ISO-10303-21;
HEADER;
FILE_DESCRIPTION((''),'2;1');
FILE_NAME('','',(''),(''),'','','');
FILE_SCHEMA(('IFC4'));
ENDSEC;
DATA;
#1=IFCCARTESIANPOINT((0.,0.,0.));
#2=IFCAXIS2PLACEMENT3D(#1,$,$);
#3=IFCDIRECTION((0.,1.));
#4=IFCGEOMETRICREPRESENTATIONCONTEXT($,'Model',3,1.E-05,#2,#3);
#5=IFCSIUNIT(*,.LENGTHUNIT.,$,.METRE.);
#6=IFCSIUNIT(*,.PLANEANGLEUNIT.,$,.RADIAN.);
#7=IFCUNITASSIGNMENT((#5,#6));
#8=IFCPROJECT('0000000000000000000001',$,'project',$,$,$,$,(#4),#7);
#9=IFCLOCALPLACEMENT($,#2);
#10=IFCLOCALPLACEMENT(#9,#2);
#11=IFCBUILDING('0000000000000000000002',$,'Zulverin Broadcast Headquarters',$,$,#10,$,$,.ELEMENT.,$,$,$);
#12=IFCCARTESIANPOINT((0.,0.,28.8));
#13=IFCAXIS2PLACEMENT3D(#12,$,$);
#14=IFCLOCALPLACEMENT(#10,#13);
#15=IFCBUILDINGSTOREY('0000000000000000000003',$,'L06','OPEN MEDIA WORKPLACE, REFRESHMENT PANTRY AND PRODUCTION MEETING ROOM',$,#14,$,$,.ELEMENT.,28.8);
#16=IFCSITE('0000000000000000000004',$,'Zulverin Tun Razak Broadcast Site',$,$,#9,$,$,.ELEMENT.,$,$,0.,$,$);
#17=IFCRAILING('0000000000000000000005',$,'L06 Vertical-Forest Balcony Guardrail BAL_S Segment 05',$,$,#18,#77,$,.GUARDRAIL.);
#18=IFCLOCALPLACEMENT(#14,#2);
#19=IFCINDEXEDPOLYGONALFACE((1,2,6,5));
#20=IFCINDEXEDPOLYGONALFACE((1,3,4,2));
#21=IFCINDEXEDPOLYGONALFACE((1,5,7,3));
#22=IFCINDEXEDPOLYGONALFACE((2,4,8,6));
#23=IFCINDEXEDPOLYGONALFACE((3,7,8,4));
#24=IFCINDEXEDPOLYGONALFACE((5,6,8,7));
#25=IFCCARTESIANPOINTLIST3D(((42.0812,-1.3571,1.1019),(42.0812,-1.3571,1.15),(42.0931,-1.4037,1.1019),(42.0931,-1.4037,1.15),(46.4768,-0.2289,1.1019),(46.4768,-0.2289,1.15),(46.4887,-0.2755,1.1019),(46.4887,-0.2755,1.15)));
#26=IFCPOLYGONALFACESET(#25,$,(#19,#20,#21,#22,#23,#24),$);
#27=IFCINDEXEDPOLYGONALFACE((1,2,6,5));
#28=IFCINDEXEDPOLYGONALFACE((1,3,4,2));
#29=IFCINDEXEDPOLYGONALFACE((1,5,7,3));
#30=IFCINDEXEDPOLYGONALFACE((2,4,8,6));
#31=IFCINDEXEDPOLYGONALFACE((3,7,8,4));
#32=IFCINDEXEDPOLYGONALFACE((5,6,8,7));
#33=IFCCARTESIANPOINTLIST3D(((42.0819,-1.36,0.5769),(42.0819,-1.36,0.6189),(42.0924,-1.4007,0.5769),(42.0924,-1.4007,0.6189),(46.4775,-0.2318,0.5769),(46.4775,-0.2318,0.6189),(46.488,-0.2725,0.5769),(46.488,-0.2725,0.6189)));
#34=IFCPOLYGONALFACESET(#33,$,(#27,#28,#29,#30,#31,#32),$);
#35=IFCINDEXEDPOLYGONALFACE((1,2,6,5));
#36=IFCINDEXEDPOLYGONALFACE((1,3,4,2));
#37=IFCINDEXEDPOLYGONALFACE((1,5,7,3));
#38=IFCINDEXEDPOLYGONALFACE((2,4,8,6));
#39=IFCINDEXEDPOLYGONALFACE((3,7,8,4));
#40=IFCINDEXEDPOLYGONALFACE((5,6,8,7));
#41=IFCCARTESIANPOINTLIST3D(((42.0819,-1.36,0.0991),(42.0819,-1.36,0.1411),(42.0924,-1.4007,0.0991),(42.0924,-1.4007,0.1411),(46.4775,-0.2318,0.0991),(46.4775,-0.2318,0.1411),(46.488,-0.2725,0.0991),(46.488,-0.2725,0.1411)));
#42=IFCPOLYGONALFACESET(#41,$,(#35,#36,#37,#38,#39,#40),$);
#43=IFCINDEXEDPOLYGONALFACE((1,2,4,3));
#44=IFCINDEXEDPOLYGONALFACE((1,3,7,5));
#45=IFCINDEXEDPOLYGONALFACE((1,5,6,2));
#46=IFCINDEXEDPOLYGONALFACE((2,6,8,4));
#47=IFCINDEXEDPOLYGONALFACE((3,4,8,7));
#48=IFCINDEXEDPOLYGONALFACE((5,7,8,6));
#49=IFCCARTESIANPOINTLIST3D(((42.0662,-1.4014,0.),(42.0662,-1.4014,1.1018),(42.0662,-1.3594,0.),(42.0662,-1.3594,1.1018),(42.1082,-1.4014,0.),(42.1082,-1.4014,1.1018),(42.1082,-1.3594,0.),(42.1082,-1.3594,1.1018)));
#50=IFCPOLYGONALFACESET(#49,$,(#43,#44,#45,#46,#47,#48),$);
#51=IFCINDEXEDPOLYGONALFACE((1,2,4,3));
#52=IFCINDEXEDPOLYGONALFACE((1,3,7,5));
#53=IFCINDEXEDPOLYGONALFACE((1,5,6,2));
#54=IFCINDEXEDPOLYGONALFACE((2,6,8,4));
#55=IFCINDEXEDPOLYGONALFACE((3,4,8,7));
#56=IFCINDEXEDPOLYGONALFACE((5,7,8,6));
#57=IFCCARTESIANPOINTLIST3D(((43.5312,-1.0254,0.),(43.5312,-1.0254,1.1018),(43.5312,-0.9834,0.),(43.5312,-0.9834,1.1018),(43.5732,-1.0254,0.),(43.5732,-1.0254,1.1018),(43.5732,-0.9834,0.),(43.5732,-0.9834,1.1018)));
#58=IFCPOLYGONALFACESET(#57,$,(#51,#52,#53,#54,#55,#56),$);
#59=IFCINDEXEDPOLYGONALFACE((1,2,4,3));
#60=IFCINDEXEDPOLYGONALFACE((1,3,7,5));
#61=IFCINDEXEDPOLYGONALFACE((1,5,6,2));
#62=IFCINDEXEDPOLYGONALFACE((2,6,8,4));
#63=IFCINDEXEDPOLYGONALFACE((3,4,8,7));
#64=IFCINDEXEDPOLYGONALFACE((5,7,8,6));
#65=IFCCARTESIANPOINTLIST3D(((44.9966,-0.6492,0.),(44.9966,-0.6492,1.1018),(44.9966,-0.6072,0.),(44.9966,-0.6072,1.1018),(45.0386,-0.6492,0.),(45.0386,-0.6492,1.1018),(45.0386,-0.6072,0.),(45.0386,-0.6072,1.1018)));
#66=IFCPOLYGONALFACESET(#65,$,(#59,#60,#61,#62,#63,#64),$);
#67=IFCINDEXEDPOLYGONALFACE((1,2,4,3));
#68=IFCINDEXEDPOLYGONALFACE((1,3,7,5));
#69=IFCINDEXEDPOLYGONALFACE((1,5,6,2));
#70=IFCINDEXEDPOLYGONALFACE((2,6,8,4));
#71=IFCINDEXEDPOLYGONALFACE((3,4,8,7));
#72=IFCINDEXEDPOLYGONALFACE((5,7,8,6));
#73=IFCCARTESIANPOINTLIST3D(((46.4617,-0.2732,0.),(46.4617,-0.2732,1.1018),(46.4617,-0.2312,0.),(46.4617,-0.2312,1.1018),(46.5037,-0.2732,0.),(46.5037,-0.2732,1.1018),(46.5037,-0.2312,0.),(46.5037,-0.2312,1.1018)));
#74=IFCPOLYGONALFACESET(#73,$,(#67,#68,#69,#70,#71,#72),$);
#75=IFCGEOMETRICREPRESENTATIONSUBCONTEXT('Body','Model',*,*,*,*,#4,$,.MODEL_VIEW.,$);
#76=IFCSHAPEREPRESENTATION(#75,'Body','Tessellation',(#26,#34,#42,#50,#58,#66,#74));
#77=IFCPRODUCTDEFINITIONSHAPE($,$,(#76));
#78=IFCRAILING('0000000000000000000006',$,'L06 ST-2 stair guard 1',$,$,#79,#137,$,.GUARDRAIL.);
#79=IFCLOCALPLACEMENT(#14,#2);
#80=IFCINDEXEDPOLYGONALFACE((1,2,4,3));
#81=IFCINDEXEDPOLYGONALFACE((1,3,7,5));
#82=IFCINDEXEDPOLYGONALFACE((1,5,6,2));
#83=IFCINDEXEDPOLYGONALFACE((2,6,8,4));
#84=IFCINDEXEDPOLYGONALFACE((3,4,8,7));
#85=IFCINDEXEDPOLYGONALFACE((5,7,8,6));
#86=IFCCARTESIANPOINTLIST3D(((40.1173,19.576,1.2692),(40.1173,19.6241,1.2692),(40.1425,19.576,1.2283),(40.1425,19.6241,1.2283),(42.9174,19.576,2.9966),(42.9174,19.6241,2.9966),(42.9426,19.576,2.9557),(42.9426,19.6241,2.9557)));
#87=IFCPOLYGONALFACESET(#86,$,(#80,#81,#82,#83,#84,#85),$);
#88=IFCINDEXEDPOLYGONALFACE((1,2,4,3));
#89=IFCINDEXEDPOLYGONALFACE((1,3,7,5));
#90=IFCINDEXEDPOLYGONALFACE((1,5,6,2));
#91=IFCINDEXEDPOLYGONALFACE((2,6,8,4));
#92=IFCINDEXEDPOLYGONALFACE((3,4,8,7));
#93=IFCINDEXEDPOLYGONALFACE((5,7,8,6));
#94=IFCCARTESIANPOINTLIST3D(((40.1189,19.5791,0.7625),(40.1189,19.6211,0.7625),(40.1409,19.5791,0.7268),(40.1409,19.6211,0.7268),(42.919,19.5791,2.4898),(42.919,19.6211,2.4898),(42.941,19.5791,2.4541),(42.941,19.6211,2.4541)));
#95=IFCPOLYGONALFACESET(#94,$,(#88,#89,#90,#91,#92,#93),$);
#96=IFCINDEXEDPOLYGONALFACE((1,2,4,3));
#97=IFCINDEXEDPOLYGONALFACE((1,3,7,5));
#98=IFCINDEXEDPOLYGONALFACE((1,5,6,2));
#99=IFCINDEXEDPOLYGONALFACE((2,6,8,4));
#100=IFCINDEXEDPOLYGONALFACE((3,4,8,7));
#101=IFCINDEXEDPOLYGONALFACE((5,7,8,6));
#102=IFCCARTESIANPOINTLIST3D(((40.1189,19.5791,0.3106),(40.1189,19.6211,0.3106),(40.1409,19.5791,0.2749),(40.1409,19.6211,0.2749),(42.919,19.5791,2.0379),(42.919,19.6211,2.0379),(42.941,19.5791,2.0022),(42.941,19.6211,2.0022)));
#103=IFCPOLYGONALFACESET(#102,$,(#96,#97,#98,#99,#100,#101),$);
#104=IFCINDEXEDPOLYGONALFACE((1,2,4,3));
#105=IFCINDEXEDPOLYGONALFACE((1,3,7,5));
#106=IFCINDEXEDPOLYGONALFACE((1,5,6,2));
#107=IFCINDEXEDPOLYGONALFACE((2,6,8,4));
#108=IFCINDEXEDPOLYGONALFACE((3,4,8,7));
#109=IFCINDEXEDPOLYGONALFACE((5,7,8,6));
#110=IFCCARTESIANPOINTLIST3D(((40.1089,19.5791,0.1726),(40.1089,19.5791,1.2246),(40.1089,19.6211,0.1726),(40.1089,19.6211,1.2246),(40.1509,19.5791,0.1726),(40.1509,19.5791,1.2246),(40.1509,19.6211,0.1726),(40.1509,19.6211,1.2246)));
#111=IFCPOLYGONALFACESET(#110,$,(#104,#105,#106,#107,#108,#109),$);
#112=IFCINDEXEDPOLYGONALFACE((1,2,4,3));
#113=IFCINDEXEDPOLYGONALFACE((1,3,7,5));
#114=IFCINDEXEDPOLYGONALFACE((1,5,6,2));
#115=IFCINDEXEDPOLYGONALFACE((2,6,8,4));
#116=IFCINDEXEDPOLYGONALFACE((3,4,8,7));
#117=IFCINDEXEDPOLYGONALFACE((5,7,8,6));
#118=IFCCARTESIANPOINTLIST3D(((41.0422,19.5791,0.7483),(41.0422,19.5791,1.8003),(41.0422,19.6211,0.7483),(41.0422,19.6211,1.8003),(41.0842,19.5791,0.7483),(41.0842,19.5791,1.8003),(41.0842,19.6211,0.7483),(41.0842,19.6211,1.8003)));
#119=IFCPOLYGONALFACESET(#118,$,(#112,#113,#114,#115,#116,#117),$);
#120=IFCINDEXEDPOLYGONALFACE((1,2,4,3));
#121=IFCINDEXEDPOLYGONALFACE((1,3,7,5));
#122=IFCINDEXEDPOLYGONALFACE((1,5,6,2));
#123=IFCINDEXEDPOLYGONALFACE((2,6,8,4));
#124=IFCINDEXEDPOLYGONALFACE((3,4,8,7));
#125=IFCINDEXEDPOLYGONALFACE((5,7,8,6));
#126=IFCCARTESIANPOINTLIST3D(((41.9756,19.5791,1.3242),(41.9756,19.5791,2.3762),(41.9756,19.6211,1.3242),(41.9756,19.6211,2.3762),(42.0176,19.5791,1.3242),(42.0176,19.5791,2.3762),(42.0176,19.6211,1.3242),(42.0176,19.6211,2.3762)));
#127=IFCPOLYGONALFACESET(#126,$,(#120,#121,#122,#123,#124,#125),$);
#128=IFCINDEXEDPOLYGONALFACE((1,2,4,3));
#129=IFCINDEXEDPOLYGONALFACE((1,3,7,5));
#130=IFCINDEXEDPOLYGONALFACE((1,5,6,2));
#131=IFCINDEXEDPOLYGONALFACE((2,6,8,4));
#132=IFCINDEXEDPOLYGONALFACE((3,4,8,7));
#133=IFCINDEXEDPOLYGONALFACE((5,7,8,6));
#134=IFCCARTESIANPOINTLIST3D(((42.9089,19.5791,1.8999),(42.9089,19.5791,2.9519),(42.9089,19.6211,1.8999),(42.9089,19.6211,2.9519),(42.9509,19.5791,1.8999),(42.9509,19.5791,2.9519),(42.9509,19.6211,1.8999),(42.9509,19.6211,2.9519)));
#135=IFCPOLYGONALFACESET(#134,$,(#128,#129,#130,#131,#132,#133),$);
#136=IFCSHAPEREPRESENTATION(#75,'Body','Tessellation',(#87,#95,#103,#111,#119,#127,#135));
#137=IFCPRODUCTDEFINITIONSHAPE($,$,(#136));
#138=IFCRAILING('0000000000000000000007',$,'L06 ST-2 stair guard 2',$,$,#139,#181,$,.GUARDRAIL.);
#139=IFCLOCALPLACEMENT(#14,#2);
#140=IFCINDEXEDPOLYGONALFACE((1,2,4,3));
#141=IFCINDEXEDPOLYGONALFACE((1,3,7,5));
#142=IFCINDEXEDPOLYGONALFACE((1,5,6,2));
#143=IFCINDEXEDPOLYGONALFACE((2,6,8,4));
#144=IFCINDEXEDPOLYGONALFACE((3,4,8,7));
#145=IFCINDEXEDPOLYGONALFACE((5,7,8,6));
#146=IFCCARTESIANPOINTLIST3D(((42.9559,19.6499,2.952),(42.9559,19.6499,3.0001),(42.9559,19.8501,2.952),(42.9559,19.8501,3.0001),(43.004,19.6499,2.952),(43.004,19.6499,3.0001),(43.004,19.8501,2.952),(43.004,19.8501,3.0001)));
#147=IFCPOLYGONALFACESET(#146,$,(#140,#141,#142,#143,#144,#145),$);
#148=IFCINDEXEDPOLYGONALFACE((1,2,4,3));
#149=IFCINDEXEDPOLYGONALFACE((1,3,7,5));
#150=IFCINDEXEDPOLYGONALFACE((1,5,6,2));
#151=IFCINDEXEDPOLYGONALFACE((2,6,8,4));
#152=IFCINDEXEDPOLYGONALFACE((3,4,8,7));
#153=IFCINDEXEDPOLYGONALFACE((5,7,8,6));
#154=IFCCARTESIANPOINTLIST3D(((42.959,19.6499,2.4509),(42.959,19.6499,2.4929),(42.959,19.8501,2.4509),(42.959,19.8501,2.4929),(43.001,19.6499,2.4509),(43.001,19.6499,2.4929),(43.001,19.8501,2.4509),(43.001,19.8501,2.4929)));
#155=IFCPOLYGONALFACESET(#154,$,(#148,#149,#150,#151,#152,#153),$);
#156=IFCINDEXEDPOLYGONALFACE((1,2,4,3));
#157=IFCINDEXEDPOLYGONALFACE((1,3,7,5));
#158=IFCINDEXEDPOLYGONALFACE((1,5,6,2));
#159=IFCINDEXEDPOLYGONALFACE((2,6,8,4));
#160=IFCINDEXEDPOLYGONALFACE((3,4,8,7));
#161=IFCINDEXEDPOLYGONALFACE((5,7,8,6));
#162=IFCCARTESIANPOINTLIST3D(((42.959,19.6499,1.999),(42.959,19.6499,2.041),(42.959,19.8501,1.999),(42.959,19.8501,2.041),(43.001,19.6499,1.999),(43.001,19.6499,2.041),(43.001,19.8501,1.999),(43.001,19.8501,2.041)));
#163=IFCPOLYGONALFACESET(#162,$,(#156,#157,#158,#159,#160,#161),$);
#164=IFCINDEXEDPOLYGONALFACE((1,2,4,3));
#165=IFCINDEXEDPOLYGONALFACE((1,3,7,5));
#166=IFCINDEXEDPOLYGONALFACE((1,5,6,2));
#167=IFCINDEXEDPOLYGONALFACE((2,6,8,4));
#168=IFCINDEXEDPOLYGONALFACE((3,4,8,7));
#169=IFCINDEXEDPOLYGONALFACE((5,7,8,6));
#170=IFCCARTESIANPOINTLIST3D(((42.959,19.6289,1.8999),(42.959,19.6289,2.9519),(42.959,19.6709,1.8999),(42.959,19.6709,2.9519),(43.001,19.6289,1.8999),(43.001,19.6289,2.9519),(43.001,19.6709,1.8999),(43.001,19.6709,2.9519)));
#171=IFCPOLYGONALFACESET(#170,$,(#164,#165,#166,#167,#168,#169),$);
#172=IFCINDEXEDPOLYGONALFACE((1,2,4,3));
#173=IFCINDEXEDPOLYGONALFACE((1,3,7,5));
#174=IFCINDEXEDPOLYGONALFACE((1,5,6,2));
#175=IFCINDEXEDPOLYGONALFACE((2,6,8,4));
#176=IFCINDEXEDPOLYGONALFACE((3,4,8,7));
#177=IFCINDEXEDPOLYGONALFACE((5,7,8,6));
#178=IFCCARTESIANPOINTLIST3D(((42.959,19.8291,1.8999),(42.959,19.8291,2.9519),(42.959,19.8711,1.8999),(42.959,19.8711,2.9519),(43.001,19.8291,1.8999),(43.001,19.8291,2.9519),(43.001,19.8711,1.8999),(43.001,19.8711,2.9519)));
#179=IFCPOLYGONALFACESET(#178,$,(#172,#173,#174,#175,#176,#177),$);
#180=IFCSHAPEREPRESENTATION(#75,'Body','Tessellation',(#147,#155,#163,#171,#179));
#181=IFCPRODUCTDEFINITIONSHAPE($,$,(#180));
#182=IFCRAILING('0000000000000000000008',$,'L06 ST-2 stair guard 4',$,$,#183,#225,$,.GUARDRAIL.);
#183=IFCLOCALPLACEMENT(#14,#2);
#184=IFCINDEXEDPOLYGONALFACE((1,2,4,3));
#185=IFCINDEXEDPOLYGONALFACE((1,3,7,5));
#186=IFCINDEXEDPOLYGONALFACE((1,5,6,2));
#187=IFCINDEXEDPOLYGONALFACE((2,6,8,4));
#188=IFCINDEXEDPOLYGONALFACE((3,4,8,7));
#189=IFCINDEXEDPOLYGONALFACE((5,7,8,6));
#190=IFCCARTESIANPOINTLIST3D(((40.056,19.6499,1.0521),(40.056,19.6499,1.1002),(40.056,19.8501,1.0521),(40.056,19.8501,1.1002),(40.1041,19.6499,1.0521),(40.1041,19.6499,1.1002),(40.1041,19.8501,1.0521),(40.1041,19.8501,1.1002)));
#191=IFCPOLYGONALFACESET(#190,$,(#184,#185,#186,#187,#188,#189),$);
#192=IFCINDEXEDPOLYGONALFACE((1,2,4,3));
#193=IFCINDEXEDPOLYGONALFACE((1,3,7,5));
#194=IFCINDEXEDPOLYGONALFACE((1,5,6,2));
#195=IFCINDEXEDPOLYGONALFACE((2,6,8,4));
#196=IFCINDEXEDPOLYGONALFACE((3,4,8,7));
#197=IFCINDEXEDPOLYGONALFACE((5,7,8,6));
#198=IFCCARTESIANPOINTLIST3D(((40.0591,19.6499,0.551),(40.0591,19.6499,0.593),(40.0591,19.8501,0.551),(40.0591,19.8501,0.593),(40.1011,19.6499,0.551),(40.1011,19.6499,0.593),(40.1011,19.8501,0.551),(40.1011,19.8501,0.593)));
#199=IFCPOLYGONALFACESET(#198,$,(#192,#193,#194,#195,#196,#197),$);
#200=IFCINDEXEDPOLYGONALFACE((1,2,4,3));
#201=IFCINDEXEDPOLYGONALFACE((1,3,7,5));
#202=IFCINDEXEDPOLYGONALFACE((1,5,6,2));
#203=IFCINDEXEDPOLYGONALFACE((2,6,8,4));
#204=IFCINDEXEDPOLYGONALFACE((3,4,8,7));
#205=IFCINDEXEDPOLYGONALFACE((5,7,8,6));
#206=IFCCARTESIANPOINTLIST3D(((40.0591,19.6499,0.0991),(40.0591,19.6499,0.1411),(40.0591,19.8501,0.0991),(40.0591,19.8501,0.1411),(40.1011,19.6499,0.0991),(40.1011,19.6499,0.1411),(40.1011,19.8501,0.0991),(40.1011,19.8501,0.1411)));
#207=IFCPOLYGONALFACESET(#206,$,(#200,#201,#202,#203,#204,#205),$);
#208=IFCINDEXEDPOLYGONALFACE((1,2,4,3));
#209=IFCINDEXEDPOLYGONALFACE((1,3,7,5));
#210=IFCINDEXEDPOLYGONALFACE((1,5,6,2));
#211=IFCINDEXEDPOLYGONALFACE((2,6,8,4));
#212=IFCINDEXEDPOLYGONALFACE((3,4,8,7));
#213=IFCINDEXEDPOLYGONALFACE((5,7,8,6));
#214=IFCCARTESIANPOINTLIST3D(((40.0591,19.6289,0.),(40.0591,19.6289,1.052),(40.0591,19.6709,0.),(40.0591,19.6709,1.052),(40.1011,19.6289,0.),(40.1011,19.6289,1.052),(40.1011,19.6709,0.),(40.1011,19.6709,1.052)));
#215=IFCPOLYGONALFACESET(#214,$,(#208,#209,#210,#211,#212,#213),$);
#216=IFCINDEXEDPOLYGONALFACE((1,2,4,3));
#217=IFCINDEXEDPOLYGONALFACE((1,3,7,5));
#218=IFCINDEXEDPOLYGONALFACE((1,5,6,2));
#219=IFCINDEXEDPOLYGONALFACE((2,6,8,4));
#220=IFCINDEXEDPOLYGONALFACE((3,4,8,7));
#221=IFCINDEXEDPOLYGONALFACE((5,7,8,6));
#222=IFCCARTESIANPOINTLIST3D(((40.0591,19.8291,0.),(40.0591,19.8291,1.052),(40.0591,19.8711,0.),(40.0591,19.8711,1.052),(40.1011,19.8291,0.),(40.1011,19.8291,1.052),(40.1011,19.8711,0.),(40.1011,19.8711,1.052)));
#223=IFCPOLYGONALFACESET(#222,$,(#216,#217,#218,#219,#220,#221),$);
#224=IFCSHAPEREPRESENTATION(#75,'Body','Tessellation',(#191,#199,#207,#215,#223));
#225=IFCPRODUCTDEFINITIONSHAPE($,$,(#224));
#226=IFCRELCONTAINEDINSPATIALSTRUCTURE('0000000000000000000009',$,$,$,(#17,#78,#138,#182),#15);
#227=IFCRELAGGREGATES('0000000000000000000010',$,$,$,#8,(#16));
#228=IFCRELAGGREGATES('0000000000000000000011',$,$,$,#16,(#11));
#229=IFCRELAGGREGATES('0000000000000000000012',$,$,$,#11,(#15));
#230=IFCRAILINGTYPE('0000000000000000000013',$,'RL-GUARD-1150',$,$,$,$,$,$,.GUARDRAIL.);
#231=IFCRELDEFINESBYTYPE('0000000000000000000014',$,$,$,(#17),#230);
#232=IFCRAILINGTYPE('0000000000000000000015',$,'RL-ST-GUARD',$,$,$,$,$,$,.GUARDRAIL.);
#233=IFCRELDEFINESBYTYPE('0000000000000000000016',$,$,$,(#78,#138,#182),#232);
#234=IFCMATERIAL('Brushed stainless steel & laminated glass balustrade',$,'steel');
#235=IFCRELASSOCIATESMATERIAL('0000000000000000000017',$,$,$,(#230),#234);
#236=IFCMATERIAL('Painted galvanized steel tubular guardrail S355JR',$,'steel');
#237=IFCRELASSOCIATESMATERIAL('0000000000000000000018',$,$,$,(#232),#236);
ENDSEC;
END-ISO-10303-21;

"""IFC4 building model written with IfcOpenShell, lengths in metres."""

from ifc_helpers import new_model, si_unit, direction, frame, origin, origin_2d, place, context, subcontext, project, spatial, rectangle, extrude, material, type_object, element, save


model = new_model("IFC4")

# Units and contexts
model_context = context("Model", 3, precision=1e-05, world=origin(), true_north=direction((0.0, 1.0)))
body_context = subcontext(model_context, "Body", "Model", "MODEL_VIEW")
ifc_project = project(units=[si_unit("LENGTHUNIT", "METRE"), si_unit("PLANEANGLEUNIT", "RADIAN")], contexts=[model_context])

# Site, building, storey
site_placement = place(None, origin())
site = spatial("IfcSite", under=ifc_project, at=site_placement, Name="Zulverin Tun Razak Broadcast Site", CompositionType="ELEMENT", RefElevation=0.0)
building_placement = place(site_placement, origin())
building = spatial("IfcBuilding", under=site, at=building_placement, Name="Zulverin Broadcast Headquarters", CompositionType="ELEMENT")
storey_placement = place(building_placement, frame((0.0, 0.0, 28.8)))
storey = spatial("IfcBuildingStorey", under=building, at=storey_placement, Name="L06", Description="OPEN MEDIA WORKPLACE, REFRESHMENT PANTRY AND PRODUCTION MEETING ROOM", CompositionType="ELEMENT", Elevation=28.8)

# Railings
ifc_material_1 = material(Name="Brushed stainless steel & laminated glass balustrade", Category="steel")
railing_type_1 = type_object("IfcRailingType", Name="RL-GUARD-1150", PredefinedType="GUARDRAIL", material=ifc_material_1)
railing_1_placement = place(storey_placement, frame((42.0872, -1.3804, 0.0)))
element("IfcRailing", 1, at=railing_1_placement, inside=storey, type_object=railing_type_1, Name="L06 Vertical-Forest Balcony Guardrail BAL_S Segment 05", PredefinedType="GUARDRAIL", context=body_context, shape_type="SweptSolid", body=[
    extrude(rectangle(XDim=0.0481, YDim=0.0481, at=origin_2d()), frame((0.0, 0.0, 1.126), z_axis=(0.968604, 0.248607, 0.0), x_axis=(-0.248607, 0.968604, 0.0)), (0.0, 0.0, 1.0), 4.5381),
    extrude(rectangle(XDim=0.042, YDim=0.042, at=origin_2d()), frame((0.0, 0.0, 0.5979), z_axis=(0.968604, 0.248607, 0.0), x_axis=(-0.248607, 0.968604, 0.0)), (0.0, 0.0, 1.0), 4.5381),
    extrude(rectangle(XDim=0.042, YDim=0.042, at=origin_2d()), frame((0.0, 0.0, 0.1201), z_axis=(0.968604, 0.248607, 0.0), x_axis=(-0.248607, 0.968604, 0.0)), (0.0, 0.0, 1.0), 4.5381),
    extrude(rectangle(XDim=0.042, YDim=0.042, at=origin_2d()), origin(), (0.0, 0.0, 1.0), 1.1018),
    extrude(rectangle(XDim=0.042, YDim=0.042, at=origin_2d()), frame((1.4651, 0.376, 0.0)), (0.0, 0.0, 1.0), 1.1018),
    extrude(rectangle(XDim=0.042, YDim=0.042, at=origin_2d()), frame((2.9304, 0.7522, 0.0)), (0.0, 0.0, 1.0), 1.1018),
    extrude(rectangle(XDim=0.042, YDim=0.042, at=origin_2d()), frame((4.3955, 1.1282, 0.0)), (0.0, 0.0, 1.0), 1.1018),
])
ifc_material_2 = material(Name="Painted galvanized steel tubular guardrail S355JR", Category="steel")
railing_type_2 = type_object("IfcRailingType", Name="RL-ST-GUARD", PredefinedType="GUARDRAIL", material=ifc_material_2)
railing_2_placement = place(storey_placement, frame((40.1299, 19.6001, 0.1726)))
element("IfcRailing", 2, at=railing_2_placement, inside=storey, type_object=railing_type_2, Name="L06 ST-2 stair guard 1", PredefinedType="GUARDRAIL", context=body_context, shape_type="SweptSolid", body=[
    extrude(rectangle(XDim=0.0481, YDim=0.0481, at=origin_2d()), frame((0.0, 0.0, 1.0762), z_axis=(0.85109, 0.0, 0.52502), x_axis=(0.0, 1.0, 0.0)), (0.0, 0.0, 1.0), 3.29),
    extrude(rectangle(XDim=0.042, YDim=0.042, at=origin_2d()), frame((0.0, 0.0, 0.572), z_axis=(0.85109, 0.0, 0.52502), x_axis=(0.0, 1.0, 0.0)), (0.0, 0.0, 1.0), 3.29),
    extrude(rectangle(XDim=0.042, YDim=0.042, at=origin_2d()), frame((0.0, 0.0, 0.1201), z_axis=(0.85109, 0.0, 0.52502), x_axis=(0.0, 1.0, 0.0)), (0.0, 0.0, 1.0), 3.29),
    extrude(rectangle(XDim=0.042, YDim=0.042, at=origin_2d()), origin(), (0.0, 0.0, 1.0), 1.052),
    extrude(rectangle(XDim=0.042, YDim=0.042, at=origin_2d()), frame((0.9333, 0.0, 0.5757)), (0.0, 0.0, 1.0), 1.052),
    extrude(rectangle(XDim=0.042, YDim=0.042, at=origin_2d()), frame((1.8667, 0.0, 1.1516)), (0.0, 0.0, 1.0), 1.052),
    extrude(rectangle(XDim=0.042, YDim=0.042, at=origin_2d()), frame((2.8, 0.0, 1.7273)), (0.0, 0.0, 1.0), 1.052),
])
for number, where, name in (
    (3, (42.98, 19.6499, 1.8999), "L06 ST-2 stair guard 2"),
    (4, (40.0801, 19.6499, 0.0), "L06 ST-2 stair guard 4"),
):
    element("IfcRailing", number, at=place(storey_placement, frame(where)), inside=storey, type_object=railing_type_2, Name=name, PredefinedType="GUARDRAIL", context=body_context, shape_type="SweptSolid", body=[
        extrude(rectangle(XDim=0.0481, YDim=0.0481, at=origin_2d()), frame((0.0, 0.0, 1.0762), z_axis=(0.0, 1.0, 0.0), x_axis=(-1.0, 0.0, 0.0)), (0.0, 0.0, 1.0), 0.2002),
        extrude(rectangle(XDim=0.042, YDim=0.042, at=origin_2d()), frame((0.0, 0.0, 0.572), z_axis=(0.0, 1.0, 0.0), x_axis=(-1.0, 0.0, 0.0)), (0.0, 0.0, 1.0), 0.2002),
        extrude(rectangle(XDim=0.042, YDim=0.042, at=origin_2d()), frame((0.0, 0.0, 0.1201), z_axis=(0.0, 1.0, 0.0), x_axis=(-1.0, 0.0, 0.0)), (0.0, 0.0, 1.0), 0.2002),
        extrude(rectangle(XDim=0.042, YDim=0.042, at=origin_2d()), origin(), (0.0, 0.0, 1.0), 1.052),
        extrude(rectangle(XDim=0.042, YDim=0.042, at=origin_2d()), frame((0.0, 0.2002, 0.0)), (0.0, 0.0, 1.0), 1.052),
    ])

save(model, "model.ifc")
